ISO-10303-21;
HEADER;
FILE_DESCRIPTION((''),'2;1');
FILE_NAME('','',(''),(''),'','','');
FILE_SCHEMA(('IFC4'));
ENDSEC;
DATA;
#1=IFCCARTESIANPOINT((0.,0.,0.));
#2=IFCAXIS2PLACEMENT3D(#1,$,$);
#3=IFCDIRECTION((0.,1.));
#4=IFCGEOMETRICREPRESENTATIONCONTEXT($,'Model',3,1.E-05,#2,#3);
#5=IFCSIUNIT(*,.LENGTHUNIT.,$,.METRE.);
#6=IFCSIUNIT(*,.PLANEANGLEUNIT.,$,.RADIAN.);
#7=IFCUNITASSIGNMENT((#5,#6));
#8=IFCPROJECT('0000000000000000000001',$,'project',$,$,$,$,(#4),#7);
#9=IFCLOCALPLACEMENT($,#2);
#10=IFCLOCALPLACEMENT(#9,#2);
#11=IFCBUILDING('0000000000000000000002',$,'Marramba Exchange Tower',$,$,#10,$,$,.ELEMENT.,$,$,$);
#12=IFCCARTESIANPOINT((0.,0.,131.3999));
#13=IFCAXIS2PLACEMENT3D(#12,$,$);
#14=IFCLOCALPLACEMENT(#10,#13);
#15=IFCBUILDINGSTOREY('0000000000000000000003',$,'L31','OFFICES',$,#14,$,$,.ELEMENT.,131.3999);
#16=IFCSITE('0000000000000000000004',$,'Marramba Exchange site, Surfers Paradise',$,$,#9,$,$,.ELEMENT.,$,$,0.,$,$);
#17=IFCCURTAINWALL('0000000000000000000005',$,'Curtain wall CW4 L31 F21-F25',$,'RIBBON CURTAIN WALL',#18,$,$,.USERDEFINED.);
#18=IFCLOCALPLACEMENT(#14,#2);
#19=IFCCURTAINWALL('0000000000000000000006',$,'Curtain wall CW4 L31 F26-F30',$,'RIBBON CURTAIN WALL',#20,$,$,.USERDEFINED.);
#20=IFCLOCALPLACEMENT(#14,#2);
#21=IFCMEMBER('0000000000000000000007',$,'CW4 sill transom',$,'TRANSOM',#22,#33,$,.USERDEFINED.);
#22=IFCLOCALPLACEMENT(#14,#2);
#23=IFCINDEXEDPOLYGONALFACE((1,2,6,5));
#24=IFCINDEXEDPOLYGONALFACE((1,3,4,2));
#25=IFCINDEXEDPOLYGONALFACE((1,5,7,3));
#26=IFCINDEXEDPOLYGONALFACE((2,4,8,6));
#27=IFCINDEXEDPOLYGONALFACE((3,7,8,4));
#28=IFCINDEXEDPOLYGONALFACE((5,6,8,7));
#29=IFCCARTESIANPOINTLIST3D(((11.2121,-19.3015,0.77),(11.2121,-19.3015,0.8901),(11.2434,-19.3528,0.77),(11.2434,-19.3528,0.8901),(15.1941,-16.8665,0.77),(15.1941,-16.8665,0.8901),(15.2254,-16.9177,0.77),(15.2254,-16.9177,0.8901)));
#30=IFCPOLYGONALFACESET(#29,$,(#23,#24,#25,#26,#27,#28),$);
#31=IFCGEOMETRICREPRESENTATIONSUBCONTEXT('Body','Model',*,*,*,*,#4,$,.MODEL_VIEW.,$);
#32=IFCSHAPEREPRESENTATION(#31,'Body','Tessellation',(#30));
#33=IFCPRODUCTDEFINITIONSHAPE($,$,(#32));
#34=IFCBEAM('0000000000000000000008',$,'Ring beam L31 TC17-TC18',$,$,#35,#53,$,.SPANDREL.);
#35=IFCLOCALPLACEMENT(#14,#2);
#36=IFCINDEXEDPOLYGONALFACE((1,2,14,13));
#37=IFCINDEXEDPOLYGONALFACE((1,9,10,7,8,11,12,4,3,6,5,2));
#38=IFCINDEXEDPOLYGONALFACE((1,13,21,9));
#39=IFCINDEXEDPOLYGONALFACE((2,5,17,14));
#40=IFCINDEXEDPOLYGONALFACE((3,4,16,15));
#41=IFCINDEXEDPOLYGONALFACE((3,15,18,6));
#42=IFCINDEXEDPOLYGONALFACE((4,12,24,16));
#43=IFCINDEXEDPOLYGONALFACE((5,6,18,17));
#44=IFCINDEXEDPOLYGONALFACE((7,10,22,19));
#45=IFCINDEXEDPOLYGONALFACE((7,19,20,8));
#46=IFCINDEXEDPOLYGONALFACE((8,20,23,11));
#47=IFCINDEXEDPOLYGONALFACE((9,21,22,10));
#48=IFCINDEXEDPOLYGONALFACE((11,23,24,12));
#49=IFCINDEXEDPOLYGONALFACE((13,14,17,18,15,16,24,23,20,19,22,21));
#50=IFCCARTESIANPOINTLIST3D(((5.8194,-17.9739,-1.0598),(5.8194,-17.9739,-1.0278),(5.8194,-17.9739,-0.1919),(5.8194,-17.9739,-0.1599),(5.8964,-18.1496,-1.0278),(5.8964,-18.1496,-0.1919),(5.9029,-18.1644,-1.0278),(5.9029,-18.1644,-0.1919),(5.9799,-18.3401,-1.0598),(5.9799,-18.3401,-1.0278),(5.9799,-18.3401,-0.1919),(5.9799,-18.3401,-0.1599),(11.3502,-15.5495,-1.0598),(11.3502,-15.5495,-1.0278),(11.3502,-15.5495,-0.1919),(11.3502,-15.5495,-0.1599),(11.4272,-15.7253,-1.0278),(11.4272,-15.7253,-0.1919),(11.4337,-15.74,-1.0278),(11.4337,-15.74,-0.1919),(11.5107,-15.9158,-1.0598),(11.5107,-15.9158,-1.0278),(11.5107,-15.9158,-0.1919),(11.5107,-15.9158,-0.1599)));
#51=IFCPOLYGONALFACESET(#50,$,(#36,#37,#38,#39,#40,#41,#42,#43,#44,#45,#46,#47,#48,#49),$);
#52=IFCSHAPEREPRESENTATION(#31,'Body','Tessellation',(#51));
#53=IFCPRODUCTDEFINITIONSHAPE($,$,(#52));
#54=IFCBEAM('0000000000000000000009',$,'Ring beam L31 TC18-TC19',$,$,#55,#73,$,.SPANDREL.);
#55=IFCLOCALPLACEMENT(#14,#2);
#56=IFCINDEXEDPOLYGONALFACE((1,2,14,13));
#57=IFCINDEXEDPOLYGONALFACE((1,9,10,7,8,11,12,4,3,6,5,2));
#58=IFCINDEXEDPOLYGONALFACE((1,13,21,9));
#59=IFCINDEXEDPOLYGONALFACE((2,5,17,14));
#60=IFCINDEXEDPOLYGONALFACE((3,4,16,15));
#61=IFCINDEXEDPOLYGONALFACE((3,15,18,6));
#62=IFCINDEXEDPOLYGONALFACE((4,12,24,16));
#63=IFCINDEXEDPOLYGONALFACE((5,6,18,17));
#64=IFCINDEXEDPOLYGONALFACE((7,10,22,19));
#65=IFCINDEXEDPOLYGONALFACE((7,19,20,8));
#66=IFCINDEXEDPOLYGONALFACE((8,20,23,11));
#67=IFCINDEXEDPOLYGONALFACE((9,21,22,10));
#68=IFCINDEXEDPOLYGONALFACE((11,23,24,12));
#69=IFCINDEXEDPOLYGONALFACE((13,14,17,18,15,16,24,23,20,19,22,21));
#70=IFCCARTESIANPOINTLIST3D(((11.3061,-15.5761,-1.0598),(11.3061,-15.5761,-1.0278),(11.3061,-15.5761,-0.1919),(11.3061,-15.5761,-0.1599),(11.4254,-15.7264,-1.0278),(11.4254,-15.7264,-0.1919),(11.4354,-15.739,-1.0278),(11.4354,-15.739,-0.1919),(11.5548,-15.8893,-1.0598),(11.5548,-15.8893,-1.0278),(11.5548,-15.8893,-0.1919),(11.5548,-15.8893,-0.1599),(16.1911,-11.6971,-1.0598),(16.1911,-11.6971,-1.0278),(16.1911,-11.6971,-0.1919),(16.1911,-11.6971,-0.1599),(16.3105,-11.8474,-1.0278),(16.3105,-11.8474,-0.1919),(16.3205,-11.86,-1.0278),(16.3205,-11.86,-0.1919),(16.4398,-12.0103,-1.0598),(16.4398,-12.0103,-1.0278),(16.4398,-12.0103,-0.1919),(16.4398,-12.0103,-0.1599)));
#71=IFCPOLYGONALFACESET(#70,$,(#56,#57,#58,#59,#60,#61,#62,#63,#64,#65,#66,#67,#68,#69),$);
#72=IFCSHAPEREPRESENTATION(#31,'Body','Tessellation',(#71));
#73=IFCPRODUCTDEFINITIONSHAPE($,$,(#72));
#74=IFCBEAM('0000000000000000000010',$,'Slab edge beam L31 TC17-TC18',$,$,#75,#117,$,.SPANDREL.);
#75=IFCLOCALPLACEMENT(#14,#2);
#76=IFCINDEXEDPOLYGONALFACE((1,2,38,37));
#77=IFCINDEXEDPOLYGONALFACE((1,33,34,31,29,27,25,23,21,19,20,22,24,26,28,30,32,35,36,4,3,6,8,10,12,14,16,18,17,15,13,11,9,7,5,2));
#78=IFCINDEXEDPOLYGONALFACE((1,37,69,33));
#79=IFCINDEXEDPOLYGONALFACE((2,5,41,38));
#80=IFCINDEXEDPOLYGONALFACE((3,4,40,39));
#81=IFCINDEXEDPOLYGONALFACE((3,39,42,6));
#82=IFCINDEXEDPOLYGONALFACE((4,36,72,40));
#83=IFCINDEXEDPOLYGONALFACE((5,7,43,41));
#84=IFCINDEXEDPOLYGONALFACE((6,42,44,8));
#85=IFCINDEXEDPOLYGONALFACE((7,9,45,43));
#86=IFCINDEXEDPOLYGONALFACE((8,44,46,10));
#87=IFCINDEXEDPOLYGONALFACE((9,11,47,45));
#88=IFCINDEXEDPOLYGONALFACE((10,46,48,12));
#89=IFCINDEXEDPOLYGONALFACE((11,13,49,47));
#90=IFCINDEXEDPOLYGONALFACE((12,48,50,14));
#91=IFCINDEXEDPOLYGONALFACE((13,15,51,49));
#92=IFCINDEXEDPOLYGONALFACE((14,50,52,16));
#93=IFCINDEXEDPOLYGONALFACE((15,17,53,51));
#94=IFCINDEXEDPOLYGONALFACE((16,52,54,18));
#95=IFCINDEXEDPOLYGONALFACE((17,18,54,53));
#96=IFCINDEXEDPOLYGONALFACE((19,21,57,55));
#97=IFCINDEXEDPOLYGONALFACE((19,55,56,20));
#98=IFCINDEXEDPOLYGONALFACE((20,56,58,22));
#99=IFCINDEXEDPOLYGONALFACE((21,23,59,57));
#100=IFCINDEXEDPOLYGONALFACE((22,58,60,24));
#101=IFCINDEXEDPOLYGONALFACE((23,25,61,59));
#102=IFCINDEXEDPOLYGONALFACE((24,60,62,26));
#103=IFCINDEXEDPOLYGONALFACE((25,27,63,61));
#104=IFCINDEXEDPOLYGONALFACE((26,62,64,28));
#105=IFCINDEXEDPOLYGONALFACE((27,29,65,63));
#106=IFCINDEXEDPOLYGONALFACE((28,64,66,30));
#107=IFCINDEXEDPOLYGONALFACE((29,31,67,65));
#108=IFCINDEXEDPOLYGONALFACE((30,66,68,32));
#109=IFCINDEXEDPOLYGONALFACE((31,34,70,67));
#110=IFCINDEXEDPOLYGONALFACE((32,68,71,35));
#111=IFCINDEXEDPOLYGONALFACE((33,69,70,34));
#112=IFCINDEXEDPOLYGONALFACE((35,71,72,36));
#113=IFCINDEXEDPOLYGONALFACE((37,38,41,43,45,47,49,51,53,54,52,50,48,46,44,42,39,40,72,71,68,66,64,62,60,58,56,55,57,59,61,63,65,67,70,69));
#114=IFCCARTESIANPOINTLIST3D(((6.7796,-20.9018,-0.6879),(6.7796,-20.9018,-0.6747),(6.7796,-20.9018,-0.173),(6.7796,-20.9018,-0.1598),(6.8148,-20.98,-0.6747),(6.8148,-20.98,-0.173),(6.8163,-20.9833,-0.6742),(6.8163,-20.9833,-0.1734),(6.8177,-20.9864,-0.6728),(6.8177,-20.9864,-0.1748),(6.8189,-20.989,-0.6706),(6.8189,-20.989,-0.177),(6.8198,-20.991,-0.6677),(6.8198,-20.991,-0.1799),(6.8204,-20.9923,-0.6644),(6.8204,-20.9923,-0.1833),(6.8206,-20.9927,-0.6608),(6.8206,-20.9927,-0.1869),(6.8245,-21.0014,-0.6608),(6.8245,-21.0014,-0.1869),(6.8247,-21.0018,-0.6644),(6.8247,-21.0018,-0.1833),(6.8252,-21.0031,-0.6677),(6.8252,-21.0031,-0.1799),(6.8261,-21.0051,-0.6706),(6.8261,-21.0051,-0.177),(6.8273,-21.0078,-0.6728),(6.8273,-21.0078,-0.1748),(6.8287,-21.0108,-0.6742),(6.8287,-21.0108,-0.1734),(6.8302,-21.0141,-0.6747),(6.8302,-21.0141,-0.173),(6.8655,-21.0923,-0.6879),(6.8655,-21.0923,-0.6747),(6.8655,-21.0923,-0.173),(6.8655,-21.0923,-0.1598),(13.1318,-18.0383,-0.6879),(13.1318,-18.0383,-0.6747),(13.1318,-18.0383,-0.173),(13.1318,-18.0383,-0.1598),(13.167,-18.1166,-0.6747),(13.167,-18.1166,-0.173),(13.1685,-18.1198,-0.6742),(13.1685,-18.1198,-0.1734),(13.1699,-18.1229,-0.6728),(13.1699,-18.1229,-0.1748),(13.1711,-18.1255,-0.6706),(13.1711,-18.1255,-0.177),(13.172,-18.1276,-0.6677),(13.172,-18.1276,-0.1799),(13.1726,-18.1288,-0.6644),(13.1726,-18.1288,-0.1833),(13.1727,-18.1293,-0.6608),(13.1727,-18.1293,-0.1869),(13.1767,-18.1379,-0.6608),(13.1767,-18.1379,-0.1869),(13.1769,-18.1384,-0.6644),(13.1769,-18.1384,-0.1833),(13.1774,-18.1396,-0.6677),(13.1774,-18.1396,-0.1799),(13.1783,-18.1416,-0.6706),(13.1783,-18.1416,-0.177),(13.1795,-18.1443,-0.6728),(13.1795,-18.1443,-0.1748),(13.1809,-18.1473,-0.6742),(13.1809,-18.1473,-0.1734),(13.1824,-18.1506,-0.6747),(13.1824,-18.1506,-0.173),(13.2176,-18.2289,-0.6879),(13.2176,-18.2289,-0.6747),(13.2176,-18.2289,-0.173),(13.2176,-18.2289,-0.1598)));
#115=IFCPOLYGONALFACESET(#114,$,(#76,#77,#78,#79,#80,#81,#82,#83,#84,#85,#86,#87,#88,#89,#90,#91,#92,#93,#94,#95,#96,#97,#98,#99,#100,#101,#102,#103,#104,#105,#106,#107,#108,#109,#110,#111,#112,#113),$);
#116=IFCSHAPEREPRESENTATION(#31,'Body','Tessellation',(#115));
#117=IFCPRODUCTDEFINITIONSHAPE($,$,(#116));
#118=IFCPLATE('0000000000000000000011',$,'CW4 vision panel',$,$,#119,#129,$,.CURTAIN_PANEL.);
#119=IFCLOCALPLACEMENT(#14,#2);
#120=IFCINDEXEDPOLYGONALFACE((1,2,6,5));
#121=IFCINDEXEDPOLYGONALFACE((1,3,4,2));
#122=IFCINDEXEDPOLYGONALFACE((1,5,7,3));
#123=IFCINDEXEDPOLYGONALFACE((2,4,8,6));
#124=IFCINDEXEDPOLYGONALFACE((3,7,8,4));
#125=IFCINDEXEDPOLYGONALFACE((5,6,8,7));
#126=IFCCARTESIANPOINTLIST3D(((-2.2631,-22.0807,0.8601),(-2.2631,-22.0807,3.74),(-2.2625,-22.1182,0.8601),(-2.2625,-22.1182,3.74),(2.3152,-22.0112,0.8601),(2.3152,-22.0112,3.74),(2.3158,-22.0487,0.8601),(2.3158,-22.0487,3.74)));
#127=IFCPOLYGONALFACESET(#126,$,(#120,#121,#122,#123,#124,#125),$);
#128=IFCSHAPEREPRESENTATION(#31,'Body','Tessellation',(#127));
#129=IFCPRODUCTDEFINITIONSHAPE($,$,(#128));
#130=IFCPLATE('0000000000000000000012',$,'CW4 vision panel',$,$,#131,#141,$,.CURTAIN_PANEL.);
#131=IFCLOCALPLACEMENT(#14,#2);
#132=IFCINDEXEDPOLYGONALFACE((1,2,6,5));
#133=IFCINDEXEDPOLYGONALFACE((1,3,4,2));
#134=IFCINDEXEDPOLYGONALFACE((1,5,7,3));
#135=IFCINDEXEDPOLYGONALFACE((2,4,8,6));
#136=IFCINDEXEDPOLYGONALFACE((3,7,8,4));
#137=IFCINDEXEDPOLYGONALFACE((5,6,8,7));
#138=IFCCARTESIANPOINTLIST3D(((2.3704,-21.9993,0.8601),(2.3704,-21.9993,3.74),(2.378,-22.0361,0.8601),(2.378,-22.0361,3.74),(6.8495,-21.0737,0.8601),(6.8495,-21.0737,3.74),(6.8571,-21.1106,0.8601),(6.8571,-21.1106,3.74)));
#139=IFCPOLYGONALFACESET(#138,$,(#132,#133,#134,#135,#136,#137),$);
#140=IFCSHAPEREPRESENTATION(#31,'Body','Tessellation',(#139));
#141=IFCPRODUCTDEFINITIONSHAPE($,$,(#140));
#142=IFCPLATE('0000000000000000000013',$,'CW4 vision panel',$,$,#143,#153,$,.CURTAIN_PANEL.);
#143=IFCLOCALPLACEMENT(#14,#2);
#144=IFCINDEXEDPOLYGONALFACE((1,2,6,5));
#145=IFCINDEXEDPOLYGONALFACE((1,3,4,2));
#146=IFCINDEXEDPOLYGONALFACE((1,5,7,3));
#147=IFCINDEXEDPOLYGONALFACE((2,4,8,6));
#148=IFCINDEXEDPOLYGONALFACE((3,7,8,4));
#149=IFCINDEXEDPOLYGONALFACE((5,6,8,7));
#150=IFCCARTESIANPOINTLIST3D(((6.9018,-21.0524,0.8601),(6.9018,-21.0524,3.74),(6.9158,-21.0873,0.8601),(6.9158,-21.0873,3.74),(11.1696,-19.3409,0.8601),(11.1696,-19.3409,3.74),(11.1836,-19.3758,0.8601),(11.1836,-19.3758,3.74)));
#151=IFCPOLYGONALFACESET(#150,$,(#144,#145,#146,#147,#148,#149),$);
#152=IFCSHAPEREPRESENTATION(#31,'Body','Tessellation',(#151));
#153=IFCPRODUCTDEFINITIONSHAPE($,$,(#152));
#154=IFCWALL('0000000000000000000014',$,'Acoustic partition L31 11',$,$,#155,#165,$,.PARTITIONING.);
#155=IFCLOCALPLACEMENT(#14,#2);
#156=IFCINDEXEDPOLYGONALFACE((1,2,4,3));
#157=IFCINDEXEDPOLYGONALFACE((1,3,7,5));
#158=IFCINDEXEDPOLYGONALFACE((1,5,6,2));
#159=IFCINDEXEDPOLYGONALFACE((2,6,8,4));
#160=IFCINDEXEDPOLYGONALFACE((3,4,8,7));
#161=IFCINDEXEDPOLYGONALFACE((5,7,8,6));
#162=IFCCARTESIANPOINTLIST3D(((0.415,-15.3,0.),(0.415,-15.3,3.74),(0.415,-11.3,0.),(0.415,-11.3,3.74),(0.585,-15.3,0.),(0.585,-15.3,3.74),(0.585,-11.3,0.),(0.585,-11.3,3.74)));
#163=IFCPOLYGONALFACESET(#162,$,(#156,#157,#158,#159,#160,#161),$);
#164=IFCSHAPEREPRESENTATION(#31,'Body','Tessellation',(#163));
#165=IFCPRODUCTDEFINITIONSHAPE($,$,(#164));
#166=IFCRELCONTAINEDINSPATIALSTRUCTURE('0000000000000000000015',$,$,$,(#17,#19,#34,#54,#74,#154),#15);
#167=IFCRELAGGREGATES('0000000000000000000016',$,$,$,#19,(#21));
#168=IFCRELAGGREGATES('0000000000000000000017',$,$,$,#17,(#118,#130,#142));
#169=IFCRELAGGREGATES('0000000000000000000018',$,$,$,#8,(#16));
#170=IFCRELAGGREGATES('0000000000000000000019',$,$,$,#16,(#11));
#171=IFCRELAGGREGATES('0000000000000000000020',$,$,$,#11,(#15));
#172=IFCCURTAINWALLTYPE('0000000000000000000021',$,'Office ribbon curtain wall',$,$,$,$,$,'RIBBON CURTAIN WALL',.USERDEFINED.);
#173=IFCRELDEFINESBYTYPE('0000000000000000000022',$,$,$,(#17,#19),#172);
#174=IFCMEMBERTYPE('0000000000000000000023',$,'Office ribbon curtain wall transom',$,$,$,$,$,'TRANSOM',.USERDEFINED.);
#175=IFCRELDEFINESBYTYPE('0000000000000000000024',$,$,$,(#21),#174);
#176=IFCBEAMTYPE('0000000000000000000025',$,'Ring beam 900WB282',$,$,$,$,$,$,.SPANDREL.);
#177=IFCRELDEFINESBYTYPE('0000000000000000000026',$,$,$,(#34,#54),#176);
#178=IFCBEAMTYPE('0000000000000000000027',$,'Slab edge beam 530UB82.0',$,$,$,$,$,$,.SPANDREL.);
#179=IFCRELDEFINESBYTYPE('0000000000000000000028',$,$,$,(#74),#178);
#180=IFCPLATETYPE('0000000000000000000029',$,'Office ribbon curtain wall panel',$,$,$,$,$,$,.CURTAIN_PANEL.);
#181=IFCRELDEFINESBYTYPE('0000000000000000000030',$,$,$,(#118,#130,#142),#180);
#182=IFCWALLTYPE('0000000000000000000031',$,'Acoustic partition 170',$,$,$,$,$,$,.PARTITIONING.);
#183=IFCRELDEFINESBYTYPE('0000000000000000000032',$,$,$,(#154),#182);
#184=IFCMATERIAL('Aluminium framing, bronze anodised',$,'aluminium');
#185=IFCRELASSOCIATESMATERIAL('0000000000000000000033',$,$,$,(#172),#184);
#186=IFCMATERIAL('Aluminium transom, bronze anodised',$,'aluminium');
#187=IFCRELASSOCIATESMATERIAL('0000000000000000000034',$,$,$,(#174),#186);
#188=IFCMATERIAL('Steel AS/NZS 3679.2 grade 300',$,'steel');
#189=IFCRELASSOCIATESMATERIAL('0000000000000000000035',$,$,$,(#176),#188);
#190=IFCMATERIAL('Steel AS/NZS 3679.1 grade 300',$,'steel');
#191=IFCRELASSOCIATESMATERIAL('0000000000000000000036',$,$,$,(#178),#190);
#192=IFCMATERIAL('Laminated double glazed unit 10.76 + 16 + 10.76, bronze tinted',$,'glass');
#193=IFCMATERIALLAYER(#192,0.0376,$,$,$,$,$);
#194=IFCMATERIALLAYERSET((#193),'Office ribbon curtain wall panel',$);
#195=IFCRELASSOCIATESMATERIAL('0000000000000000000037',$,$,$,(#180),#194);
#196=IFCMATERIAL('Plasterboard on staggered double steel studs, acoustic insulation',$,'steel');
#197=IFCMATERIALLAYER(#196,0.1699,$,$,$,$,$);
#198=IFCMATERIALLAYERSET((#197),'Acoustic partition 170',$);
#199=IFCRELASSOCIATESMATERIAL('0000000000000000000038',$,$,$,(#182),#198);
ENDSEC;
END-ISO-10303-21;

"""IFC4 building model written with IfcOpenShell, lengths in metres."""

from ifc_helpers import new_model, si_unit, direction, frame, frame_2d, origin, origin_2d, place, context, subcontext, project, spatial, rectangle, i_section, extrude, material, layer, layer_set, material_profile, profile_set, type_object, element, aggregate, save


model = new_model("IFC4")

# Units and contexts
model_context = context("Model", 3, precision=1e-05, world=origin(), true_north=direction((0.0, 1.0)))
body_context = subcontext(model_context, "Body", "Model", "MODEL_VIEW")
ifc_project = project(units=[si_unit("LENGTHUNIT", "METRE"), si_unit("PLANEANGLEUNIT", "RADIAN")], contexts=[model_context])

# Site, building, storey
site_placement = place(None, origin())
site = spatial("IfcSite", under=ifc_project, at=site_placement, Name="Marramba Exchange site, Surfers Paradise", CompositionType="ELEMENT", RefElevation=0.0)
building_placement = place(site_placement, origin())
building = spatial("IfcBuilding", under=site, at=building_placement, Name="Marramba Exchange Tower", CompositionType="ELEMENT")
storey_placement = place(building_placement, frame((0.0, 0.0, 131.3999)))
storey = spatial("IfcBuildingStorey", under=building, at=storey_placement, Name="L31", Description="OFFICES", CompositionType="ELEMENT", Elevation=131.3999)

# Shared definitions
ifc_material_1 = material(Name="Steel AS/NZS 3679.2 grade 300", Category="steel")
ifc_material_2 = material(Name="Steel AS/NZS 3679.1 grade 300", Category="steel")

# Curtain wall
ifc_material_3 = material(Name="Aluminium framing, bronze anodised", Category="aluminium")
curtain_wall_type = type_object("IfcCurtainWallType", Name="Office ribbon curtain wall", ElementType="RIBBON CURTAIN WALL", PredefinedType="USERDEFINED", material=ifc_material_3)
curtain_wall_1_placement = place(storey_placement, origin())
curtain_wall_1 = element("IfcCurtainWall", 1, at=curtain_wall_1_placement, inside=storey, type_object=curtain_wall_type, Name="Curtain wall CW4 L31 F21-F25", ObjectType="RIBBON CURTAIN WALL", PredefinedType="USERDEFINED")

# Curtain wall
curtain_wall_2_placement = place(storey_placement, origin())
curtain_wall_2 = element("IfcCurtainWall", 2, at=curtain_wall_2_placement, inside=storey, type_object=curtain_wall_type, Name="Curtain wall CW4 L31 F26-F30", ObjectType="RIBBON CURTAIN WALL", PredefinedType="USERDEFINED")

# Member
ifc_material_4 = material(Name="Aluminium transom, bronze anodised", Category="aluminium")
ifc_material_profile_1 = material_profile(ifc_material_4, rectangle(XDim=0.0601, YDim=0.1201, at=origin_2d()), Name="CW4 transom 60x120")
ifc_profile_set_1 = profile_set([ifc_material_profile_1], Name="Aluminium transom, bronze anodised")
member_type_1 = type_object("IfcMemberType", Name="Office ribbon curtain wall transom", ElementType="TRANSOM", PredefinedType="USERDEFINED", material=ifc_profile_set_1)
member_1_placement = place(storey_placement, frame((11.2278, -19.3271, 0.8301), z_axis=(0.853124, 0.521708, 0.0), x_axis=(-0.521708, 0.853124, 0.0)))
member_1 = element("IfcMember", 3, at=member_1_placement, type_object=member_type_1, Name="CW4 sill transom", ObjectType="TRANSOM", PredefinedType="USERDEFINED", context=body_context, shape_type="SweptSolid", body=[
    extrude(rectangle(XDim=0.0601, YDim=0.1201, at=origin_2d()), origin(), (0.0, 0.0, 1.0), 4.6675),
])
aggregate(curtain_wall_2, [member_1])

# Beams
ifc_material_profile_2 = material_profile(ifc_material_1, i_section(OverallWidth=0.3999, OverallDepth=0.8999, WebThickness=0.0161, FlangeThickness=0.032, at=origin_2d()), Name="900WB282")
ifc_profile_set_2 = profile_set([ifc_material_profile_2], Name="Steel AS/NZS 3679.2 grade 300")
beam_type_1 = type_object("IfcBeamType", Name="Ring beam 900WB282", PredefinedType="SPANDREL", material=ifc_profile_set_2)
beam_1_placement = place(storey_placement, frame((5.8997, -18.157, -0.6099), z_axis=(0.915877, 0.401459, 0.0), x_axis=(-0.401459, 0.915877, 0.0)))
element("IfcBeam", 4, at=beam_1_placement, inside=storey, type_object=beam_type_1, Name="Ring beam L31 TC17-TC18", PredefinedType="SPANDREL", context=body_context, shape_type="SweptSolid", body=[
    extrude(i_section(OverallWidth=0.3999, OverallDepth=0.8999, WebThickness=0.0161, FlangeThickness=0.032, at=origin_2d()), origin(), (0.0, 0.0, 1.0), 6.0388),
])
beam_2_placement = place(storey_placement, frame((11.4304, -15.7327, -0.6099), z_axis=(0.783139, 0.621846, 0.0), x_axis=(-0.621846, 0.783139, 0.0)))
element("IfcBeam", 5, at=beam_2_placement, inside=storey, type_object=beam_type_1, Name="Ring beam L31 TC18-TC19", PredefinedType="SPANDREL", context=body_context, shape_type="SweptSolid", body=[
    extrude(i_section(OverallWidth=0.3999, OverallDepth=0.8999, WebThickness=0.0161, FlangeThickness=0.032, at=origin_2d()), origin(), (0.0, 0.0, 1.0), 6.2378),
])
ifc_material_profile_3 = material_profile(ifc_material_2, i_section(OverallWidth=0.209, OverallDepth=0.5281, WebThickness=0.0095, FlangeThickness=0.0132, FilletRadius=0.0139, at=origin_2d()), Name="530UB82.0")
ifc_profile_set_3 = profile_set([ifc_material_profile_3], Name="Steel AS/NZS 3679.1 grade 300")
beam_type_2 = type_object("IfcBeamType", Name="Slab edge beam 530UB82.0", PredefinedType="SPANDREL", material=ifc_profile_set_3)
beam_3_placement = place(storey_placement, frame((6.8225, -20.9971, -0.4238), z_axis=(0.911653, 0.41096, 0.0), x_axis=(-0.41096, 0.911653, 0.0)))
element("IfcBeam", 6, at=beam_3_placement, inside=storey, type_object=beam_type_2, Name="Slab edge beam L31 TC17-TC18", PredefinedType="SPANDREL", context=body_context, shape_type="SweptSolid", body=[
    extrude(i_section(OverallWidth=0.209, OverallDepth=0.5281, WebThickness=0.0095, FlangeThickness=0.0132, FilletRadius=0.0139, at=origin_2d()), origin(), (0.0, 0.0, 1.0), 6.9678),
])

# Plates
ifc_material_5 = material(Name="Laminated double glazed unit 10.76 + 16 + 10.76, bronze tinted", Category="glass")
ifc_layer_1 = layer(ifc_material_5, 0.0376)
ifc_layer_set_1 = layer_set([ifc_layer_1], Name="Office ribbon curtain wall panel")
plate_type = type_object("IfcPlateType", Name="Office ribbon curtain wall panel", PredefinedType="CURTAIN_PANEL", material=ifc_layer_set_1)
plate_1_placement = place(storey_placement, frame((0.0264, -22.0647, 0.8601), z_axis=(0.0, 0.0, 1.0), x_axis=(0.999885, 0.015179, 0.0)))
plate_1 = element("IfcPlate", 7, at=plate_1_placement, type_object=plate_type, Name="CW4 vision panel", PredefinedType="CURTAIN_PANEL", context=body_context, shape_type="SweptSolid", body=[
    extrude(rectangle(XDim=4.5789, YDim=0.0376, at=origin_2d()), origin(), (0.0, 0.0, 1.0), 2.8799),
])
plate_2_placement = place(storey_placement, frame((4.6138, -21.5549, 0.8601), z_axis=(0.0, 0.0, 1.0), x_axis=(0.97931, 0.202365, 0.0)))
plate_2 = element("IfcPlate", 8, at=plate_2_placement, type_object=plate_type, Name="CW4 vision panel", PredefinedType="CURTAIN_PANEL", context=body_context, shape_type="SweptSolid", body=[
    extrude(rectangle(XDim=4.5737, YDim=0.0376, at=origin_2d()), origin(), (0.0, 0.0, 1.0), 2.8799),
])
plate_3_placement = place(storey_placement, frame((9.0427, -20.2141, 0.8601), z_axis=(0.0, 0.0, 1.0), x_axis=(0.928149, 0.372209, 0.0)))
plate_3 = element("IfcPlate", 9, at=plate_3_placement, type_object=plate_type, Name="CW4 vision panel", PredefinedType="CURTAIN_PANEL", context=body_context, shape_type="SweptSolid", body=[
    extrude(rectangle(XDim=4.5981, YDim=0.0376, at=origin_2d()), origin(), (0.0, 0.0, 1.0), 2.8799),
])
aggregate(curtain_wall_1, [plate_1, plate_2, plate_3])

# Wall
ifc_material_6 = material(Name="Plasterboard on staggered double steel studs, acoustic insulation", Category="steel")
ifc_layer_2 = layer(ifc_material_6, 0.1699)
ifc_layer_set_2 = layer_set([ifc_layer_2], Name="Acoustic partition 170")
wall_type = type_object("IfcWallType", Name="Acoustic partition 170", PredefinedType="PARTITIONING", material=ifc_layer_set_2)
wall_1_placement = place(storey_placement, frame((0.5, -15.3, 0.0), z_axis=(0.0, 0.0, 1.0), x_axis=(0.0, 1.0, 0.0)))
element("IfcWall", 10, at=wall_1_placement, inside=storey, type_object=wall_type, Name="Acoustic partition L31 11", PredefinedType="PARTITIONING", context=body_context, shape_type="SweptSolid", body=[
    extrude(rectangle(XDim=4.0, YDim=0.1699, at=frame_2d((2.0, 0.0))), origin(), (0.0, 0.0, 1.0), 3.74),
])

save(model, "model.ifc")
